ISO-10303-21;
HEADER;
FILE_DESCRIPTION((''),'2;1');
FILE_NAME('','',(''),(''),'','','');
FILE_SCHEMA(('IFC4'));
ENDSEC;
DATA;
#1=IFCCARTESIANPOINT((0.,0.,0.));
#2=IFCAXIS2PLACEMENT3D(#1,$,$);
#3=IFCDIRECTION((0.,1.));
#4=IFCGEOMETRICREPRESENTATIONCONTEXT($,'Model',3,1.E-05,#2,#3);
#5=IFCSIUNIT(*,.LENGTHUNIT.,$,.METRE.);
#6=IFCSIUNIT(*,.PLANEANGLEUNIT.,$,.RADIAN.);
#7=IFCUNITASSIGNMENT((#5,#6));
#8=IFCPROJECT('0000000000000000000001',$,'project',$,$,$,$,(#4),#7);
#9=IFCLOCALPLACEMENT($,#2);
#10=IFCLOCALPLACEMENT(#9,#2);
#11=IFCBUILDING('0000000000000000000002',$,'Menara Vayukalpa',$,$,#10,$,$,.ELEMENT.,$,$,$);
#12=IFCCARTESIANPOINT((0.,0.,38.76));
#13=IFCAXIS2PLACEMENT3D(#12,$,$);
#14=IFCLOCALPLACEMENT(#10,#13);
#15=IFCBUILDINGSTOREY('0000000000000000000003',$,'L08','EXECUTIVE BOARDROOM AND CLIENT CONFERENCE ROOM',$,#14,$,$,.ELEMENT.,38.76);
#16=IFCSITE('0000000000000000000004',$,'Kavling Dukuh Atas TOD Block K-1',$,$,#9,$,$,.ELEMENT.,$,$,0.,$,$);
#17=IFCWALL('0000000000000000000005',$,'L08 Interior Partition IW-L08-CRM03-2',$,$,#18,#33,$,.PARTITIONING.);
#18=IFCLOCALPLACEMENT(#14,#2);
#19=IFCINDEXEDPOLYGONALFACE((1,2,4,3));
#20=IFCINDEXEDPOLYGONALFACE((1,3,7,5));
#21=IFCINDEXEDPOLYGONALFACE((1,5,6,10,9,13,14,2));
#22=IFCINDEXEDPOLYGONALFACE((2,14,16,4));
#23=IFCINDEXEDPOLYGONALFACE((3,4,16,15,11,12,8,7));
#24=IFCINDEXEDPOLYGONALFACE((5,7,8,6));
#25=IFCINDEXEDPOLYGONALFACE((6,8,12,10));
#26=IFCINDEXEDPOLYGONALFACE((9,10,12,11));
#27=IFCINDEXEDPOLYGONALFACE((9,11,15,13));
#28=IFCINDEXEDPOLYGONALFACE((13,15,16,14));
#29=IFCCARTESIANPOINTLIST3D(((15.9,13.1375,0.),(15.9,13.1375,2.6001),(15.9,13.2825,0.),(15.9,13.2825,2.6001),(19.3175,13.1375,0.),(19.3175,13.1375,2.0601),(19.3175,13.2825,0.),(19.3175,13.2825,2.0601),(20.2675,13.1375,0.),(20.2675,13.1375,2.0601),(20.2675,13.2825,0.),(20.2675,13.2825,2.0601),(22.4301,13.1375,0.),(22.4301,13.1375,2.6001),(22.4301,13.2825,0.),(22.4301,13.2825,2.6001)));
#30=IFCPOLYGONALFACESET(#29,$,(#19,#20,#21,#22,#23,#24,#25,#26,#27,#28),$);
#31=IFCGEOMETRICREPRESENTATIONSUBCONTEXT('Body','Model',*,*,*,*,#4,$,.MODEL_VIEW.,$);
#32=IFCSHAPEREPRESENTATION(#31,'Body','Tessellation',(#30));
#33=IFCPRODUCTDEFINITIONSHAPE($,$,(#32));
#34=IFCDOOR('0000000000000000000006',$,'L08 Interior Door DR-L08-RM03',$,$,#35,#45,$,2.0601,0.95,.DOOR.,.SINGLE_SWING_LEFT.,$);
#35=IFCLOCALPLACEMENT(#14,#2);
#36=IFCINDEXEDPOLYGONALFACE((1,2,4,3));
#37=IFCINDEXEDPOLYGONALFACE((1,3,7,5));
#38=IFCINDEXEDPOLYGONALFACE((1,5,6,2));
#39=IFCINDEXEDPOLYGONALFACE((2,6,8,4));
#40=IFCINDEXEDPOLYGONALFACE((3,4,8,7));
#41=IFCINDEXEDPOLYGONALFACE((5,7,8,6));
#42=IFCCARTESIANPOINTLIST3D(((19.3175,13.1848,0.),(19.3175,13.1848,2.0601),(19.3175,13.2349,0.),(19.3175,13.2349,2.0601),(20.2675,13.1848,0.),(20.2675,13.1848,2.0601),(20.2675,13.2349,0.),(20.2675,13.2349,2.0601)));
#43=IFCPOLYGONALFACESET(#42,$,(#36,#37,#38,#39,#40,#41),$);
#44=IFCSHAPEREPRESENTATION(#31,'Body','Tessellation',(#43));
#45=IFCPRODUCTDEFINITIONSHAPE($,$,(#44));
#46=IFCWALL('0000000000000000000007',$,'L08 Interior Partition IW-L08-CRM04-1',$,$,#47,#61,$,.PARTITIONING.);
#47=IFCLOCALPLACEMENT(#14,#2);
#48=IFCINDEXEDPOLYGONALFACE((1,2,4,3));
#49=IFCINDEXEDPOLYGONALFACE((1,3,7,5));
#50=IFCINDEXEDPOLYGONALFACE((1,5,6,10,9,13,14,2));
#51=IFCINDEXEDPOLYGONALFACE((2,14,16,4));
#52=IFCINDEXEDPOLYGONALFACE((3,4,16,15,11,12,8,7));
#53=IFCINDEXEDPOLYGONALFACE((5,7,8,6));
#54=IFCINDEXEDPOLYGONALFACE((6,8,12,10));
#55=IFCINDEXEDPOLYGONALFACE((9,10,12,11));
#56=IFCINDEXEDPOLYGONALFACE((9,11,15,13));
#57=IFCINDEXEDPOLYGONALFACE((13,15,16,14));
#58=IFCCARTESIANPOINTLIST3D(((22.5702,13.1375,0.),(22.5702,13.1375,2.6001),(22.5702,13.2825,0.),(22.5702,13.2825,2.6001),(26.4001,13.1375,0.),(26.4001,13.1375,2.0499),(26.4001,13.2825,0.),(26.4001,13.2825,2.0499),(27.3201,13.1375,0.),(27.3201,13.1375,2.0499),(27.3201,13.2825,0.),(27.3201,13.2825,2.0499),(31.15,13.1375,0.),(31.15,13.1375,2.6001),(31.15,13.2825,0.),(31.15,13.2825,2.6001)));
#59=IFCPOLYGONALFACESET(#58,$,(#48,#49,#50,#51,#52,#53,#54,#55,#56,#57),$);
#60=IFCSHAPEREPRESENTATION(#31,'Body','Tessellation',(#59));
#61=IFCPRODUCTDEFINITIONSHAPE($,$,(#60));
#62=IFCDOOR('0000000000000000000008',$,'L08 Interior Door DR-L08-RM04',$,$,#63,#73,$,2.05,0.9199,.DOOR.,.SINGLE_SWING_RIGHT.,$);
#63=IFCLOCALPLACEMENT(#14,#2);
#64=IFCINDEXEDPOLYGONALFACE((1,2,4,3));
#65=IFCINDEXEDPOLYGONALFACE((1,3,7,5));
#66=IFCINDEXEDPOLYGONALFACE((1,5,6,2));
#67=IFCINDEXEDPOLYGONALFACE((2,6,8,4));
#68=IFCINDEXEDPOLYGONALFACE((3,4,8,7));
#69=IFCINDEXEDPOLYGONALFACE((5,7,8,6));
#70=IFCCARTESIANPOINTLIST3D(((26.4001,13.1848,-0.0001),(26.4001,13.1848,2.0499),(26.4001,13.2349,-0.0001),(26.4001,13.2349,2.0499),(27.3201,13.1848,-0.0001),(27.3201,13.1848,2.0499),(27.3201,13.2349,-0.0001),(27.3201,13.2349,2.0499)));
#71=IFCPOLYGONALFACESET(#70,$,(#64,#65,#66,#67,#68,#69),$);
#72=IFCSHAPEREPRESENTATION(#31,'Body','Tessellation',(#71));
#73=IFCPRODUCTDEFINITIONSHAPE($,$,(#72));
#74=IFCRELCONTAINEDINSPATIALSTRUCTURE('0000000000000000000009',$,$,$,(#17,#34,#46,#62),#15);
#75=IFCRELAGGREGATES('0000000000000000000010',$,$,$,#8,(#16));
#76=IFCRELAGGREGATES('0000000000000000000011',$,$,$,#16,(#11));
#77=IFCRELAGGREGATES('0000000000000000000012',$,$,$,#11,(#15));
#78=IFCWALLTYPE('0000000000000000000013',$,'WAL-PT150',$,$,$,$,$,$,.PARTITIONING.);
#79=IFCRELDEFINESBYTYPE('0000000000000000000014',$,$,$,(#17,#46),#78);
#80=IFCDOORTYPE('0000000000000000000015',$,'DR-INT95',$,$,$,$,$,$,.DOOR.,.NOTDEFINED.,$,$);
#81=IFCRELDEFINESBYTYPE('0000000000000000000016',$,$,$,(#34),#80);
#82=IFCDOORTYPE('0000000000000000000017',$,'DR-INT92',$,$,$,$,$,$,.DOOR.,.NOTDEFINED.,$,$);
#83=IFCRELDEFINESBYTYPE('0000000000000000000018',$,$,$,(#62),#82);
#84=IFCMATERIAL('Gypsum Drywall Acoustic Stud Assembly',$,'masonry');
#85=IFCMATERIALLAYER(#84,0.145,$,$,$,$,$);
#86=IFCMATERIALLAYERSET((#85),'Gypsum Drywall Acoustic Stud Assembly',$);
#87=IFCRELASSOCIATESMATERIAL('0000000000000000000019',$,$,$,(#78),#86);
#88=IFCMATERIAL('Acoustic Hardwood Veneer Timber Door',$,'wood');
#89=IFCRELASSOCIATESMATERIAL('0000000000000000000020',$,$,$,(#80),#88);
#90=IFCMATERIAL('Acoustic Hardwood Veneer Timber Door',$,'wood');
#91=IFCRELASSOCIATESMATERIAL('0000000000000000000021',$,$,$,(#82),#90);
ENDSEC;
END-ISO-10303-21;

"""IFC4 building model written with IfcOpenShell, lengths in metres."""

from ifc_helpers import new_model, si_unit, direction, frame, frame_2d, origin, place, context, subcontext, project, spatial, rectangle, extrude, material, layer, layer_set, type_object, element, fill, save


model = new_model("IFC4")

# Units and contexts
model_context = context("Model", 3, precision=1e-05, world=origin(), true_north=direction((0.0, 1.0)))
body_context = subcontext(model_context, "Body", "Model", "MODEL_VIEW")
ifc_project = project(units=[si_unit("LENGTHUNIT", "METRE"), si_unit("PLANEANGLEUNIT", "RADIAN")], contexts=[model_context])

# Site, building, storey
site_placement = place(None, origin())
site = spatial("IfcSite", under=ifc_project, at=site_placement, Name="Kavling Dukuh Atas TOD Block K-1", CompositionType="ELEMENT", RefElevation=0.0)
building_placement = place(site_placement, origin())
building = spatial("IfcBuilding", under=site, at=building_placement, Name="Menara Vayukalpa", CompositionType="ELEMENT")
storey_placement = place(building_placement, frame((0.0, 0.0, 38.76)))
storey = spatial("IfcBuildingStorey", under=building, at=storey_placement, Name="L08", Description="EXECUTIVE BOARDROOM AND CLIENT CONFERENCE ROOM", CompositionType="ELEMENT", Elevation=38.76)

# Shared definitions
ifc_material_1 = material(Name="Gypsum Drywall Acoustic Stud Assembly", Category="masonry")
ifc_layer_1 = layer(ifc_material_1, 0.145)
ifc_layer_set_1 = layer_set([ifc_layer_1], Name="Gypsum Drywall Acoustic Stud Assembly")
wall_type_1 = type_object("IfcWallType", Name="WAL-PT150", PredefinedType="PARTITIONING", material=ifc_layer_set_1)
ifc_material_2 = material(Name="Acoustic Hardwood Veneer Timber Door", Category="wood")
door_type_1 = type_object("IfcDoorType", Name="DR-INT95", OperationType="NOTDEFINED", PredefinedType="DOOR", material=ifc_material_2)

# Walls, openings, doors
wall_1_placement = place(storey_placement, frame((15.8999, 13.21, 0.0), z_axis=(0.0, 0.0, 1.0), x_axis=(1.0, 0.0, 0.0)))
wall_1 = element("IfcWall", 1, at=wall_1_placement, inside=storey, type_object=wall_type_1, Name="L08 Interior Partition IW-L08-CRM03-2", PredefinedType="PARTITIONING", context=body_context, shape_type="SweptSolid", body=[
    extrude(rectangle(XDim=6.53, YDim=0.145, at=frame_2d((3.2651, 0.0))), origin(), (0.0, 0.0, 1.0), 2.6001),
])
opening_1_placement = place(wall_1_placement, frame((3.4175, 0.0, 0.0)))
opening_1 = element("IfcOpeningElement", 2, at=opening_1_placement, cuts=wall_1, PredefinedType="OPENING", context=body_context, shape_type="SweptSolid", body=[
    extrude(rectangle(XDim=0.95, YDim=2.0601, at=frame_2d((0.4751, 1.03))), frame((0.0, 0.0825, 0.0), z_axis=(0.0, -1.0, 0.0), x_axis=(1.0, 0.0, 0.0)), (0.0, 0.0, 1.0), 0.165),
])
door_1_placement = place(opening_1_placement, origin())
door_1 = element("IfcDoor", 3, at=door_1_placement, inside=storey, type_object=door_type_1, Name="L08 Interior Door DR-L08-RM03", OperationType="SINGLE_SWING_LEFT", OverallHeight=2.0601, OverallWidth=0.95, PredefinedType="DOOR", context=body_context, shape_type="SweptSolid", body=[
    extrude(rectangle(XDim=0.95, YDim=2.0601, at=frame_2d((0.4751, 1.03))), frame((0.0, 0.0249, 0.0), z_axis=(0.0, -1.0, 0.0), x_axis=(1.0, 0.0, 0.0)), (0.0, 0.0, 1.0), 0.05),
])
fill(opening_1, door_1)
wall_2_placement = place(storey_placement, frame((22.5701, 13.21, 0.0), z_axis=(0.0, 0.0, 1.0), x_axis=(1.0, 0.0, 0.0)))
wall_2 = element("IfcWall", 4, at=wall_2_placement, inside=storey, type_object=wall_type_1, Name="L08 Interior Partition IW-L08-CRM04-1", PredefinedType="PARTITIONING", context=body_context, shape_type="SweptSolid", body=[
    extrude(rectangle(XDim=8.5798, YDim=0.145, at=frame_2d((4.29, 0.0))), origin(), (0.0, 0.0, 1.0), 2.6001),
])
opening_2_placement = place(wall_2_placement, frame((3.8301, 0.0, 0.0)))
opening_2 = element("IfcOpeningElement", 5, at=opening_2_placement, cuts=wall_2, PredefinedType="OPENING", context=body_context, shape_type="SweptSolid", body=[
    extrude(rectangle(XDim=0.9199, YDim=2.05, at=frame_2d((0.46, 1.0249))), frame((0.0, 0.0825, 0.0), z_axis=(0.0, -1.0, 0.0), x_axis=(1.0, 0.0, 0.0)), (0.0, 0.0, 1.0), 0.165),
])
ifc_material_3 = material(Name="Acoustic Hardwood Veneer Timber Door", Category="wood")
door_type_2 = type_object("IfcDoorType", Name="DR-INT92", OperationType="NOTDEFINED", PredefinedType="DOOR", material=ifc_material_3)
door_2_placement = place(opening_2_placement, origin())
door_2 = element("IfcDoor", 6, at=door_2_placement, inside=storey, type_object=door_type_2, Name="L08 Interior Door DR-L08-RM04", OperationType="SINGLE_SWING_RIGHT", OverallHeight=2.05, OverallWidth=0.9199, PredefinedType="DOOR", context=body_context, shape_type="SweptSolid", body=[
    extrude(rectangle(XDim=0.9199, YDim=2.05, at=frame_2d((0.46, 1.0249))), frame((0.0, 0.0249, 0.0), z_axis=(0.0, -1.0, 0.0), x_axis=(1.0, 0.0, 0.0)), (0.0, 0.0, 1.0), 0.05),
])
fill(opening_2, door_2)

save(model, "model.ifc")
